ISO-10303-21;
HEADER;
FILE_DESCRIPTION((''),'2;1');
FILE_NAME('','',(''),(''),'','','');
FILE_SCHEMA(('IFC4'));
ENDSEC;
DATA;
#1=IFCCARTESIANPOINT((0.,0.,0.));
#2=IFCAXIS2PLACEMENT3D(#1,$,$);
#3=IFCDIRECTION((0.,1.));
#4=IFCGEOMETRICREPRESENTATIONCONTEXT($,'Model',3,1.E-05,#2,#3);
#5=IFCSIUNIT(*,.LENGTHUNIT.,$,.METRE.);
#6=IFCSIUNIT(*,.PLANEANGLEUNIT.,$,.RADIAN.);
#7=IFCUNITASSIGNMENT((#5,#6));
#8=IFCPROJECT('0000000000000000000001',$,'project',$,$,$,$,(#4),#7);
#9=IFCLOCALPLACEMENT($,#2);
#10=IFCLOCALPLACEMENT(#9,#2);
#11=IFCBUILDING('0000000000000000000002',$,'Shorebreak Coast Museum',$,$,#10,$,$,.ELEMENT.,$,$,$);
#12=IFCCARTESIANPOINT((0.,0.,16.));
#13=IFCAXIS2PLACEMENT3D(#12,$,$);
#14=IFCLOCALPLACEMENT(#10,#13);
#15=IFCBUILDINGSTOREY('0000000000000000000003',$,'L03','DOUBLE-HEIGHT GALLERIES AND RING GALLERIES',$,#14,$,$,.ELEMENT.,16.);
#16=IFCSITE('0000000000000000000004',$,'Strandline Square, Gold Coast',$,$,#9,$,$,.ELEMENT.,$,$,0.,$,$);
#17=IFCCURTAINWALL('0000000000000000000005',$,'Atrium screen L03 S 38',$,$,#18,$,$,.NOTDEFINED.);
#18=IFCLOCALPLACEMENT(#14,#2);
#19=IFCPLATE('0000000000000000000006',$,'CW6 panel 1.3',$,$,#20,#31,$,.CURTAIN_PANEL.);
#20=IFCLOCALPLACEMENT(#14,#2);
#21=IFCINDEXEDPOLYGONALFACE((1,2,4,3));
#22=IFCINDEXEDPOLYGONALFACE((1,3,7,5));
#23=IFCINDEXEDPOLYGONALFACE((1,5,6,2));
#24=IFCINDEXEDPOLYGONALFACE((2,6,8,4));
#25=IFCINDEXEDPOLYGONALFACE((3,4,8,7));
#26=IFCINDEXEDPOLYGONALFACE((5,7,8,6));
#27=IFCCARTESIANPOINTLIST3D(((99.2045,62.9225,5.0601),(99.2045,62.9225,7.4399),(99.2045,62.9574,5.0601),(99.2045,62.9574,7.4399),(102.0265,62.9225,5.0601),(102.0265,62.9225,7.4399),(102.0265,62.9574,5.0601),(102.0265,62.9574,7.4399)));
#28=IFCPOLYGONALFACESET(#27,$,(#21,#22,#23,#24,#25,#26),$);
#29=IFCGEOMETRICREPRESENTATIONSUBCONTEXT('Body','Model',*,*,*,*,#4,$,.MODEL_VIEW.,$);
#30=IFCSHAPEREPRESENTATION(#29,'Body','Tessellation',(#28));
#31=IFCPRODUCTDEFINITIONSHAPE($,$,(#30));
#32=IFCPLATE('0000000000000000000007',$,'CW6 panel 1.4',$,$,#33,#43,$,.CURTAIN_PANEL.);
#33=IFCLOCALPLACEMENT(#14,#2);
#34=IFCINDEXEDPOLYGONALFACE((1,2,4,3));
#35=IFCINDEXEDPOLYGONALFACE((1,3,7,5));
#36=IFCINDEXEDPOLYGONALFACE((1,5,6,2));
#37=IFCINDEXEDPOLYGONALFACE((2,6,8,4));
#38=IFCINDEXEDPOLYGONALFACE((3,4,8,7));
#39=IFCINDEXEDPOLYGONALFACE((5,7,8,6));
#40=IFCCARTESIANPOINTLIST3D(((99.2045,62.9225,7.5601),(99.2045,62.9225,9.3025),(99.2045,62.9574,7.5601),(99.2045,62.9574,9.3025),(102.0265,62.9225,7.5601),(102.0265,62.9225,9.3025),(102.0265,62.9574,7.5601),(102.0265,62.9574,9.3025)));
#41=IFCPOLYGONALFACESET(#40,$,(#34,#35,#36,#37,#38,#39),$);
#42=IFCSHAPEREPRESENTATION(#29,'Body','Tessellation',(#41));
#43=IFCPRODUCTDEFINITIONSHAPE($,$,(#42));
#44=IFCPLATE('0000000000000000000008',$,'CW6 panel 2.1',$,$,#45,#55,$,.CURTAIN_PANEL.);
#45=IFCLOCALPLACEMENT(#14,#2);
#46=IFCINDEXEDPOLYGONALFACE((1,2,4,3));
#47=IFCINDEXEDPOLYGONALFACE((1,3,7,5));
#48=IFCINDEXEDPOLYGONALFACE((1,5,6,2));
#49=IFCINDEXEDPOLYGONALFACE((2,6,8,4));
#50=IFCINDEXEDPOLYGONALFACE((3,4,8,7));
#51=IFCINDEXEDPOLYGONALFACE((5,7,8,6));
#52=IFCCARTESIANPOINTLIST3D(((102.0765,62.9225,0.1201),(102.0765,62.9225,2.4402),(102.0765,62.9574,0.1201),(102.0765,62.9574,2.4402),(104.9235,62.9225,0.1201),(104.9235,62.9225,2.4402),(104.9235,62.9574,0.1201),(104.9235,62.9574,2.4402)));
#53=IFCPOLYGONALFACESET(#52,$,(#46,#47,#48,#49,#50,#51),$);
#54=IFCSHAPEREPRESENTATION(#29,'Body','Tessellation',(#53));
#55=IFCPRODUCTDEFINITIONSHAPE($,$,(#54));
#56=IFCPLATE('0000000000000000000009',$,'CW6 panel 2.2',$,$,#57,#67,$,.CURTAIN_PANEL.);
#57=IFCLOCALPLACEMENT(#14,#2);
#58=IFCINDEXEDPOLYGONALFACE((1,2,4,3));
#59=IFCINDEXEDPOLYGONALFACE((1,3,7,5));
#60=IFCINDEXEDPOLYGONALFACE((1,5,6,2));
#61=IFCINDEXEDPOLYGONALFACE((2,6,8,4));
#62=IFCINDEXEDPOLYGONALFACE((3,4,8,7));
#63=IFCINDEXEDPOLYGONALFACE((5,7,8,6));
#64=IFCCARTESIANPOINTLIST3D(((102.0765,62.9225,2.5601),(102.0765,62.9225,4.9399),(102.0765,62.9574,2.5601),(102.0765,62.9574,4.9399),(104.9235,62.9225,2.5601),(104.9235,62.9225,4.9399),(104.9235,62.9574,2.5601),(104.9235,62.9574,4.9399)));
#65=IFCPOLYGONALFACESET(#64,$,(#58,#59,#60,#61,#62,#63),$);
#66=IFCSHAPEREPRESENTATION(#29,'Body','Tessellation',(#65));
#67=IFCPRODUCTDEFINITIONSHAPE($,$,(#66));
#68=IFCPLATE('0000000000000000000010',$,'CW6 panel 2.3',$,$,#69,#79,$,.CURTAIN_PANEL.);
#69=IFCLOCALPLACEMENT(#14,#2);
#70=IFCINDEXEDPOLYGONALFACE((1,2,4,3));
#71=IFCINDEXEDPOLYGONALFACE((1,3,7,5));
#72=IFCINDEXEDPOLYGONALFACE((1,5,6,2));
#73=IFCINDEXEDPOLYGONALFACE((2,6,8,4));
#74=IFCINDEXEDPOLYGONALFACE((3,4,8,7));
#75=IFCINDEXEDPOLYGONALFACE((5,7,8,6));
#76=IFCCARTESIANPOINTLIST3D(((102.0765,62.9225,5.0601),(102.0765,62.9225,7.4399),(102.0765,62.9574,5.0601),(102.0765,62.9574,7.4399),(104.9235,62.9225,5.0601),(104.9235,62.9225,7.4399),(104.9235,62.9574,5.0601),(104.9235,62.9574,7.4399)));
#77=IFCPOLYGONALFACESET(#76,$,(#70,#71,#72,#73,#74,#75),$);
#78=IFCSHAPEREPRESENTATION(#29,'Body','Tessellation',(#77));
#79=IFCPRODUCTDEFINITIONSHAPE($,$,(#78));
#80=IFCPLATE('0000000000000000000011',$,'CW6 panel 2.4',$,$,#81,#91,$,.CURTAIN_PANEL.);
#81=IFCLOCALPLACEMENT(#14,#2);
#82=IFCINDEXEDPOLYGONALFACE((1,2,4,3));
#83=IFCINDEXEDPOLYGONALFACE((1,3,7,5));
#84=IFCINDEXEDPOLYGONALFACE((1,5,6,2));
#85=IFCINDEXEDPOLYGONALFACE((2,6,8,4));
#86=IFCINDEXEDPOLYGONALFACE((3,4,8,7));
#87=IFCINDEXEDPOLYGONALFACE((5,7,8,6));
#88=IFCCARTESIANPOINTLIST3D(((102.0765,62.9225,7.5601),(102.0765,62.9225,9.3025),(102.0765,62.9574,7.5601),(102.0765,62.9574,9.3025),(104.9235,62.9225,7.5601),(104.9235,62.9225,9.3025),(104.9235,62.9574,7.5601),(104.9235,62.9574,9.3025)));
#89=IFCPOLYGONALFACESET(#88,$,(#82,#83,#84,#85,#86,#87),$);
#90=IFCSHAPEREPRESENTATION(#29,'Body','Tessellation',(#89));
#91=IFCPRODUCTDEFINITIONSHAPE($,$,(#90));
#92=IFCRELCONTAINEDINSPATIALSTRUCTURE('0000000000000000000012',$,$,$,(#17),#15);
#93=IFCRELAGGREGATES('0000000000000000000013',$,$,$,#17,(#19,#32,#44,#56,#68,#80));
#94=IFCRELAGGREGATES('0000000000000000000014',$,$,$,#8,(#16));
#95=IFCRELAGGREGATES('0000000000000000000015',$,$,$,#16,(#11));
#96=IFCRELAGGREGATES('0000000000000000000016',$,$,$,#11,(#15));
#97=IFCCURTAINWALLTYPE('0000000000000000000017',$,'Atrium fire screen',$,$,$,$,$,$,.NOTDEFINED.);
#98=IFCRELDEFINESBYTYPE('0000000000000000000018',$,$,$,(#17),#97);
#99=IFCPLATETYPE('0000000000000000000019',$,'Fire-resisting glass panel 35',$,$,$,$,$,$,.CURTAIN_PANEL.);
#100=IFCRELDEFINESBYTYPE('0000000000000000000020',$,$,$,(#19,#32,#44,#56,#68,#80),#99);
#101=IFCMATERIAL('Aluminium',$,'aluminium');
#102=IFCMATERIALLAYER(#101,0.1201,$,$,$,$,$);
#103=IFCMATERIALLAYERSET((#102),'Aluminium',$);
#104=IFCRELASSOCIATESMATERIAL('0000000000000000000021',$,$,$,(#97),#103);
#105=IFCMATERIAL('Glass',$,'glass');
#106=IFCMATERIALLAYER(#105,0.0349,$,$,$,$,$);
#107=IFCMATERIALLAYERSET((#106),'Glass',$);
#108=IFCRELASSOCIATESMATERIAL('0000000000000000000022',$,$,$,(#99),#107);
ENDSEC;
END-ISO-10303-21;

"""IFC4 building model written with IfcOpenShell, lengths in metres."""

from ifc_helpers import new_model, si_unit, direction, frame, origin, origin_2d, place, context, subcontext, project, spatial, rectangle, extrude, material, layer, layer_set, type_object, element, aggregate, save


model = new_model("IFC4")

# Units and contexts
model_context = context("Model", 3, precision=1e-05, world=origin(), true_north=direction((0.0, 1.0)))
body_context = subcontext(model_context, "Body", "Model", "MODEL_VIEW")
ifc_project = project(units=[si_unit("LENGTHUNIT", "METRE"), si_unit("PLANEANGLEUNIT", "RADIAN")], contexts=[model_context])

# Site, building, storey
site_placement = place(None, origin())
site = spatial("IfcSite", under=ifc_project, at=site_placement, Name="Strandline Square, Gold Coast", CompositionType="ELEMENT", RefElevation=0.0)
building_placement = place(site_placement, origin())
building = spatial("IfcBuilding", under=site, at=building_placement, Name="Shorebreak Coast Museum", CompositionType="ELEMENT")
storey_placement = place(building_placement, frame((0.0, 0.0, 16.0)))
storey = spatial("IfcBuildingStorey", under=building, at=storey_placement, Name="L03", Description="DOUBLE-HEIGHT GALLERIES AND RING GALLERIES", CompositionType="ELEMENT", Elevation=16.0)

# Curtain wall, plates
ifc_material_1 = material(Name="Aluminium", Category="aluminium")
ifc_layer_1 = layer(ifc_material_1, 0.1201)
ifc_layer_set_1 = layer_set([ifc_layer_1], Name="Aluminium")
curtain_wall_type = type_object("IfcCurtainWallType", Name="Atrium fire screen", PredefinedType="NOTDEFINED", material=ifc_layer_set_1)
curtain_wall_placement = place(storey_placement, origin())
curtain_wall = element("IfcCurtainWall", 1, at=curtain_wall_placement, inside=storey, type_object=curtain_wall_type, Name="Atrium screen L03 S 38", PredefinedType="NOTDEFINED")
ifc_material_2 = material(Name="Glass", Category="glass")
ifc_layer_2 = layer(ifc_material_2, 0.0349)
ifc_layer_set_2 = layer_set([ifc_layer_2], Name="Glass")
plate_type = type_object("IfcPlateType", Name="Fire-resisting glass panel 35", PredefinedType="CURTAIN_PANEL", material=ifc_layer_set_2)
plate_1_placement = place(storey_placement, frame((100.6155, 62.9399, 5.0601), z_axis=(0.0, 0.0, 1.0), x_axis=(1.0, 0.0, 0.0)))
plate_1 = element("IfcPlate", 2, at=plate_1_placement, type_object=plate_type, Name="CW6 panel 1.3", PredefinedType="CURTAIN_PANEL", context=body_context, shape_type="SweptSolid", body=[
    extrude(rectangle(XDim=2.822, YDim=0.0349, at=origin_2d()), origin(), (0.0, 0.0, 1.0), 2.3799),
])
plate_2_placement = place(storey_placement, frame((100.6155, 62.9399, 7.5601), z_axis=(0.0, 0.0, 1.0), x_axis=(1.0, 0.0, 0.0)))
plate_2 = element("IfcPlate", 3, at=plate_2_placement, type_object=plate_type, Name="CW6 panel 1.4", PredefinedType="CURTAIN_PANEL", context=body_context, shape_type="SweptSolid", body=[
    extrude(rectangle(XDim=2.822, YDim=0.0349, at=origin_2d()), origin(), (0.0, 0.0, 1.0), 1.7424),
])
plate_3_placement = place(storey_placement, frame((103.5, 62.9399, 0.1201), z_axis=(0.0, 0.0, 1.0), x_axis=(1.0, 0.0, 0.0)))
plate_3 = element("IfcPlate", 4, at=plate_3_placement, type_object=plate_type, Name="CW6 panel 2.1", PredefinedType="CURTAIN_PANEL", context=body_context, shape_type="SweptSolid", body=[
    extrude(rectangle(XDim=2.8469, YDim=0.0349, at=origin_2d()), origin(), (0.0, 0.0, 1.0), 2.3201),
])
plate_4_placement = place(storey_placement, frame((103.5, 62.9399, 2.5601), z_axis=(0.0, 0.0, 1.0), x_axis=(1.0, 0.0, 0.0)))
plate_4 = element("IfcPlate", 5, at=plate_4_placement, type_object=plate_type, Name="CW6 panel 2.2", PredefinedType="CURTAIN_PANEL", context=body_context, shape_type="SweptSolid", body=[
    extrude(rectangle(XDim=2.8469, YDim=0.0349, at=origin_2d()), origin(), (0.0, 0.0, 1.0), 2.3799),
])
plate_5_placement = place(storey_placement, frame((103.5, 62.9399, 5.0601), z_axis=(0.0, 0.0, 1.0), x_axis=(1.0, 0.0, 0.0)))
plate_5 = element("IfcPlate", 6, at=plate_5_placement, type_object=plate_type, Name="CW6 panel 2.3", PredefinedType="CURTAIN_PANEL", context=body_context, shape_type="SweptSolid", body=[
    extrude(rectangle(XDim=2.8469, YDim=0.0349, at=origin_2d()), origin(), (0.0, 0.0, 1.0), 2.3799),
])
plate_6_placement = place(storey_placement, frame((103.5, 62.9399, 7.5601), z_axis=(0.0, 0.0, 1.0), x_axis=(1.0, 0.0, 0.0)))
plate_6 = element("IfcPlate", 7, at=plate_6_placement, type_object=plate_type, Name="CW6 panel 2.4", PredefinedType="CURTAIN_PANEL", context=body_context, shape_type="SweptSolid", body=[
    extrude(rectangle(XDim=2.8469, YDim=0.0349, at=origin_2d()), origin(), (0.0, 0.0, 1.0), 1.7424),
])
aggregate(curtain_wall, [plate_1, plate_2, plate_3, plate_4, plate_5, plate_6])

save(model, "model.ifc")
